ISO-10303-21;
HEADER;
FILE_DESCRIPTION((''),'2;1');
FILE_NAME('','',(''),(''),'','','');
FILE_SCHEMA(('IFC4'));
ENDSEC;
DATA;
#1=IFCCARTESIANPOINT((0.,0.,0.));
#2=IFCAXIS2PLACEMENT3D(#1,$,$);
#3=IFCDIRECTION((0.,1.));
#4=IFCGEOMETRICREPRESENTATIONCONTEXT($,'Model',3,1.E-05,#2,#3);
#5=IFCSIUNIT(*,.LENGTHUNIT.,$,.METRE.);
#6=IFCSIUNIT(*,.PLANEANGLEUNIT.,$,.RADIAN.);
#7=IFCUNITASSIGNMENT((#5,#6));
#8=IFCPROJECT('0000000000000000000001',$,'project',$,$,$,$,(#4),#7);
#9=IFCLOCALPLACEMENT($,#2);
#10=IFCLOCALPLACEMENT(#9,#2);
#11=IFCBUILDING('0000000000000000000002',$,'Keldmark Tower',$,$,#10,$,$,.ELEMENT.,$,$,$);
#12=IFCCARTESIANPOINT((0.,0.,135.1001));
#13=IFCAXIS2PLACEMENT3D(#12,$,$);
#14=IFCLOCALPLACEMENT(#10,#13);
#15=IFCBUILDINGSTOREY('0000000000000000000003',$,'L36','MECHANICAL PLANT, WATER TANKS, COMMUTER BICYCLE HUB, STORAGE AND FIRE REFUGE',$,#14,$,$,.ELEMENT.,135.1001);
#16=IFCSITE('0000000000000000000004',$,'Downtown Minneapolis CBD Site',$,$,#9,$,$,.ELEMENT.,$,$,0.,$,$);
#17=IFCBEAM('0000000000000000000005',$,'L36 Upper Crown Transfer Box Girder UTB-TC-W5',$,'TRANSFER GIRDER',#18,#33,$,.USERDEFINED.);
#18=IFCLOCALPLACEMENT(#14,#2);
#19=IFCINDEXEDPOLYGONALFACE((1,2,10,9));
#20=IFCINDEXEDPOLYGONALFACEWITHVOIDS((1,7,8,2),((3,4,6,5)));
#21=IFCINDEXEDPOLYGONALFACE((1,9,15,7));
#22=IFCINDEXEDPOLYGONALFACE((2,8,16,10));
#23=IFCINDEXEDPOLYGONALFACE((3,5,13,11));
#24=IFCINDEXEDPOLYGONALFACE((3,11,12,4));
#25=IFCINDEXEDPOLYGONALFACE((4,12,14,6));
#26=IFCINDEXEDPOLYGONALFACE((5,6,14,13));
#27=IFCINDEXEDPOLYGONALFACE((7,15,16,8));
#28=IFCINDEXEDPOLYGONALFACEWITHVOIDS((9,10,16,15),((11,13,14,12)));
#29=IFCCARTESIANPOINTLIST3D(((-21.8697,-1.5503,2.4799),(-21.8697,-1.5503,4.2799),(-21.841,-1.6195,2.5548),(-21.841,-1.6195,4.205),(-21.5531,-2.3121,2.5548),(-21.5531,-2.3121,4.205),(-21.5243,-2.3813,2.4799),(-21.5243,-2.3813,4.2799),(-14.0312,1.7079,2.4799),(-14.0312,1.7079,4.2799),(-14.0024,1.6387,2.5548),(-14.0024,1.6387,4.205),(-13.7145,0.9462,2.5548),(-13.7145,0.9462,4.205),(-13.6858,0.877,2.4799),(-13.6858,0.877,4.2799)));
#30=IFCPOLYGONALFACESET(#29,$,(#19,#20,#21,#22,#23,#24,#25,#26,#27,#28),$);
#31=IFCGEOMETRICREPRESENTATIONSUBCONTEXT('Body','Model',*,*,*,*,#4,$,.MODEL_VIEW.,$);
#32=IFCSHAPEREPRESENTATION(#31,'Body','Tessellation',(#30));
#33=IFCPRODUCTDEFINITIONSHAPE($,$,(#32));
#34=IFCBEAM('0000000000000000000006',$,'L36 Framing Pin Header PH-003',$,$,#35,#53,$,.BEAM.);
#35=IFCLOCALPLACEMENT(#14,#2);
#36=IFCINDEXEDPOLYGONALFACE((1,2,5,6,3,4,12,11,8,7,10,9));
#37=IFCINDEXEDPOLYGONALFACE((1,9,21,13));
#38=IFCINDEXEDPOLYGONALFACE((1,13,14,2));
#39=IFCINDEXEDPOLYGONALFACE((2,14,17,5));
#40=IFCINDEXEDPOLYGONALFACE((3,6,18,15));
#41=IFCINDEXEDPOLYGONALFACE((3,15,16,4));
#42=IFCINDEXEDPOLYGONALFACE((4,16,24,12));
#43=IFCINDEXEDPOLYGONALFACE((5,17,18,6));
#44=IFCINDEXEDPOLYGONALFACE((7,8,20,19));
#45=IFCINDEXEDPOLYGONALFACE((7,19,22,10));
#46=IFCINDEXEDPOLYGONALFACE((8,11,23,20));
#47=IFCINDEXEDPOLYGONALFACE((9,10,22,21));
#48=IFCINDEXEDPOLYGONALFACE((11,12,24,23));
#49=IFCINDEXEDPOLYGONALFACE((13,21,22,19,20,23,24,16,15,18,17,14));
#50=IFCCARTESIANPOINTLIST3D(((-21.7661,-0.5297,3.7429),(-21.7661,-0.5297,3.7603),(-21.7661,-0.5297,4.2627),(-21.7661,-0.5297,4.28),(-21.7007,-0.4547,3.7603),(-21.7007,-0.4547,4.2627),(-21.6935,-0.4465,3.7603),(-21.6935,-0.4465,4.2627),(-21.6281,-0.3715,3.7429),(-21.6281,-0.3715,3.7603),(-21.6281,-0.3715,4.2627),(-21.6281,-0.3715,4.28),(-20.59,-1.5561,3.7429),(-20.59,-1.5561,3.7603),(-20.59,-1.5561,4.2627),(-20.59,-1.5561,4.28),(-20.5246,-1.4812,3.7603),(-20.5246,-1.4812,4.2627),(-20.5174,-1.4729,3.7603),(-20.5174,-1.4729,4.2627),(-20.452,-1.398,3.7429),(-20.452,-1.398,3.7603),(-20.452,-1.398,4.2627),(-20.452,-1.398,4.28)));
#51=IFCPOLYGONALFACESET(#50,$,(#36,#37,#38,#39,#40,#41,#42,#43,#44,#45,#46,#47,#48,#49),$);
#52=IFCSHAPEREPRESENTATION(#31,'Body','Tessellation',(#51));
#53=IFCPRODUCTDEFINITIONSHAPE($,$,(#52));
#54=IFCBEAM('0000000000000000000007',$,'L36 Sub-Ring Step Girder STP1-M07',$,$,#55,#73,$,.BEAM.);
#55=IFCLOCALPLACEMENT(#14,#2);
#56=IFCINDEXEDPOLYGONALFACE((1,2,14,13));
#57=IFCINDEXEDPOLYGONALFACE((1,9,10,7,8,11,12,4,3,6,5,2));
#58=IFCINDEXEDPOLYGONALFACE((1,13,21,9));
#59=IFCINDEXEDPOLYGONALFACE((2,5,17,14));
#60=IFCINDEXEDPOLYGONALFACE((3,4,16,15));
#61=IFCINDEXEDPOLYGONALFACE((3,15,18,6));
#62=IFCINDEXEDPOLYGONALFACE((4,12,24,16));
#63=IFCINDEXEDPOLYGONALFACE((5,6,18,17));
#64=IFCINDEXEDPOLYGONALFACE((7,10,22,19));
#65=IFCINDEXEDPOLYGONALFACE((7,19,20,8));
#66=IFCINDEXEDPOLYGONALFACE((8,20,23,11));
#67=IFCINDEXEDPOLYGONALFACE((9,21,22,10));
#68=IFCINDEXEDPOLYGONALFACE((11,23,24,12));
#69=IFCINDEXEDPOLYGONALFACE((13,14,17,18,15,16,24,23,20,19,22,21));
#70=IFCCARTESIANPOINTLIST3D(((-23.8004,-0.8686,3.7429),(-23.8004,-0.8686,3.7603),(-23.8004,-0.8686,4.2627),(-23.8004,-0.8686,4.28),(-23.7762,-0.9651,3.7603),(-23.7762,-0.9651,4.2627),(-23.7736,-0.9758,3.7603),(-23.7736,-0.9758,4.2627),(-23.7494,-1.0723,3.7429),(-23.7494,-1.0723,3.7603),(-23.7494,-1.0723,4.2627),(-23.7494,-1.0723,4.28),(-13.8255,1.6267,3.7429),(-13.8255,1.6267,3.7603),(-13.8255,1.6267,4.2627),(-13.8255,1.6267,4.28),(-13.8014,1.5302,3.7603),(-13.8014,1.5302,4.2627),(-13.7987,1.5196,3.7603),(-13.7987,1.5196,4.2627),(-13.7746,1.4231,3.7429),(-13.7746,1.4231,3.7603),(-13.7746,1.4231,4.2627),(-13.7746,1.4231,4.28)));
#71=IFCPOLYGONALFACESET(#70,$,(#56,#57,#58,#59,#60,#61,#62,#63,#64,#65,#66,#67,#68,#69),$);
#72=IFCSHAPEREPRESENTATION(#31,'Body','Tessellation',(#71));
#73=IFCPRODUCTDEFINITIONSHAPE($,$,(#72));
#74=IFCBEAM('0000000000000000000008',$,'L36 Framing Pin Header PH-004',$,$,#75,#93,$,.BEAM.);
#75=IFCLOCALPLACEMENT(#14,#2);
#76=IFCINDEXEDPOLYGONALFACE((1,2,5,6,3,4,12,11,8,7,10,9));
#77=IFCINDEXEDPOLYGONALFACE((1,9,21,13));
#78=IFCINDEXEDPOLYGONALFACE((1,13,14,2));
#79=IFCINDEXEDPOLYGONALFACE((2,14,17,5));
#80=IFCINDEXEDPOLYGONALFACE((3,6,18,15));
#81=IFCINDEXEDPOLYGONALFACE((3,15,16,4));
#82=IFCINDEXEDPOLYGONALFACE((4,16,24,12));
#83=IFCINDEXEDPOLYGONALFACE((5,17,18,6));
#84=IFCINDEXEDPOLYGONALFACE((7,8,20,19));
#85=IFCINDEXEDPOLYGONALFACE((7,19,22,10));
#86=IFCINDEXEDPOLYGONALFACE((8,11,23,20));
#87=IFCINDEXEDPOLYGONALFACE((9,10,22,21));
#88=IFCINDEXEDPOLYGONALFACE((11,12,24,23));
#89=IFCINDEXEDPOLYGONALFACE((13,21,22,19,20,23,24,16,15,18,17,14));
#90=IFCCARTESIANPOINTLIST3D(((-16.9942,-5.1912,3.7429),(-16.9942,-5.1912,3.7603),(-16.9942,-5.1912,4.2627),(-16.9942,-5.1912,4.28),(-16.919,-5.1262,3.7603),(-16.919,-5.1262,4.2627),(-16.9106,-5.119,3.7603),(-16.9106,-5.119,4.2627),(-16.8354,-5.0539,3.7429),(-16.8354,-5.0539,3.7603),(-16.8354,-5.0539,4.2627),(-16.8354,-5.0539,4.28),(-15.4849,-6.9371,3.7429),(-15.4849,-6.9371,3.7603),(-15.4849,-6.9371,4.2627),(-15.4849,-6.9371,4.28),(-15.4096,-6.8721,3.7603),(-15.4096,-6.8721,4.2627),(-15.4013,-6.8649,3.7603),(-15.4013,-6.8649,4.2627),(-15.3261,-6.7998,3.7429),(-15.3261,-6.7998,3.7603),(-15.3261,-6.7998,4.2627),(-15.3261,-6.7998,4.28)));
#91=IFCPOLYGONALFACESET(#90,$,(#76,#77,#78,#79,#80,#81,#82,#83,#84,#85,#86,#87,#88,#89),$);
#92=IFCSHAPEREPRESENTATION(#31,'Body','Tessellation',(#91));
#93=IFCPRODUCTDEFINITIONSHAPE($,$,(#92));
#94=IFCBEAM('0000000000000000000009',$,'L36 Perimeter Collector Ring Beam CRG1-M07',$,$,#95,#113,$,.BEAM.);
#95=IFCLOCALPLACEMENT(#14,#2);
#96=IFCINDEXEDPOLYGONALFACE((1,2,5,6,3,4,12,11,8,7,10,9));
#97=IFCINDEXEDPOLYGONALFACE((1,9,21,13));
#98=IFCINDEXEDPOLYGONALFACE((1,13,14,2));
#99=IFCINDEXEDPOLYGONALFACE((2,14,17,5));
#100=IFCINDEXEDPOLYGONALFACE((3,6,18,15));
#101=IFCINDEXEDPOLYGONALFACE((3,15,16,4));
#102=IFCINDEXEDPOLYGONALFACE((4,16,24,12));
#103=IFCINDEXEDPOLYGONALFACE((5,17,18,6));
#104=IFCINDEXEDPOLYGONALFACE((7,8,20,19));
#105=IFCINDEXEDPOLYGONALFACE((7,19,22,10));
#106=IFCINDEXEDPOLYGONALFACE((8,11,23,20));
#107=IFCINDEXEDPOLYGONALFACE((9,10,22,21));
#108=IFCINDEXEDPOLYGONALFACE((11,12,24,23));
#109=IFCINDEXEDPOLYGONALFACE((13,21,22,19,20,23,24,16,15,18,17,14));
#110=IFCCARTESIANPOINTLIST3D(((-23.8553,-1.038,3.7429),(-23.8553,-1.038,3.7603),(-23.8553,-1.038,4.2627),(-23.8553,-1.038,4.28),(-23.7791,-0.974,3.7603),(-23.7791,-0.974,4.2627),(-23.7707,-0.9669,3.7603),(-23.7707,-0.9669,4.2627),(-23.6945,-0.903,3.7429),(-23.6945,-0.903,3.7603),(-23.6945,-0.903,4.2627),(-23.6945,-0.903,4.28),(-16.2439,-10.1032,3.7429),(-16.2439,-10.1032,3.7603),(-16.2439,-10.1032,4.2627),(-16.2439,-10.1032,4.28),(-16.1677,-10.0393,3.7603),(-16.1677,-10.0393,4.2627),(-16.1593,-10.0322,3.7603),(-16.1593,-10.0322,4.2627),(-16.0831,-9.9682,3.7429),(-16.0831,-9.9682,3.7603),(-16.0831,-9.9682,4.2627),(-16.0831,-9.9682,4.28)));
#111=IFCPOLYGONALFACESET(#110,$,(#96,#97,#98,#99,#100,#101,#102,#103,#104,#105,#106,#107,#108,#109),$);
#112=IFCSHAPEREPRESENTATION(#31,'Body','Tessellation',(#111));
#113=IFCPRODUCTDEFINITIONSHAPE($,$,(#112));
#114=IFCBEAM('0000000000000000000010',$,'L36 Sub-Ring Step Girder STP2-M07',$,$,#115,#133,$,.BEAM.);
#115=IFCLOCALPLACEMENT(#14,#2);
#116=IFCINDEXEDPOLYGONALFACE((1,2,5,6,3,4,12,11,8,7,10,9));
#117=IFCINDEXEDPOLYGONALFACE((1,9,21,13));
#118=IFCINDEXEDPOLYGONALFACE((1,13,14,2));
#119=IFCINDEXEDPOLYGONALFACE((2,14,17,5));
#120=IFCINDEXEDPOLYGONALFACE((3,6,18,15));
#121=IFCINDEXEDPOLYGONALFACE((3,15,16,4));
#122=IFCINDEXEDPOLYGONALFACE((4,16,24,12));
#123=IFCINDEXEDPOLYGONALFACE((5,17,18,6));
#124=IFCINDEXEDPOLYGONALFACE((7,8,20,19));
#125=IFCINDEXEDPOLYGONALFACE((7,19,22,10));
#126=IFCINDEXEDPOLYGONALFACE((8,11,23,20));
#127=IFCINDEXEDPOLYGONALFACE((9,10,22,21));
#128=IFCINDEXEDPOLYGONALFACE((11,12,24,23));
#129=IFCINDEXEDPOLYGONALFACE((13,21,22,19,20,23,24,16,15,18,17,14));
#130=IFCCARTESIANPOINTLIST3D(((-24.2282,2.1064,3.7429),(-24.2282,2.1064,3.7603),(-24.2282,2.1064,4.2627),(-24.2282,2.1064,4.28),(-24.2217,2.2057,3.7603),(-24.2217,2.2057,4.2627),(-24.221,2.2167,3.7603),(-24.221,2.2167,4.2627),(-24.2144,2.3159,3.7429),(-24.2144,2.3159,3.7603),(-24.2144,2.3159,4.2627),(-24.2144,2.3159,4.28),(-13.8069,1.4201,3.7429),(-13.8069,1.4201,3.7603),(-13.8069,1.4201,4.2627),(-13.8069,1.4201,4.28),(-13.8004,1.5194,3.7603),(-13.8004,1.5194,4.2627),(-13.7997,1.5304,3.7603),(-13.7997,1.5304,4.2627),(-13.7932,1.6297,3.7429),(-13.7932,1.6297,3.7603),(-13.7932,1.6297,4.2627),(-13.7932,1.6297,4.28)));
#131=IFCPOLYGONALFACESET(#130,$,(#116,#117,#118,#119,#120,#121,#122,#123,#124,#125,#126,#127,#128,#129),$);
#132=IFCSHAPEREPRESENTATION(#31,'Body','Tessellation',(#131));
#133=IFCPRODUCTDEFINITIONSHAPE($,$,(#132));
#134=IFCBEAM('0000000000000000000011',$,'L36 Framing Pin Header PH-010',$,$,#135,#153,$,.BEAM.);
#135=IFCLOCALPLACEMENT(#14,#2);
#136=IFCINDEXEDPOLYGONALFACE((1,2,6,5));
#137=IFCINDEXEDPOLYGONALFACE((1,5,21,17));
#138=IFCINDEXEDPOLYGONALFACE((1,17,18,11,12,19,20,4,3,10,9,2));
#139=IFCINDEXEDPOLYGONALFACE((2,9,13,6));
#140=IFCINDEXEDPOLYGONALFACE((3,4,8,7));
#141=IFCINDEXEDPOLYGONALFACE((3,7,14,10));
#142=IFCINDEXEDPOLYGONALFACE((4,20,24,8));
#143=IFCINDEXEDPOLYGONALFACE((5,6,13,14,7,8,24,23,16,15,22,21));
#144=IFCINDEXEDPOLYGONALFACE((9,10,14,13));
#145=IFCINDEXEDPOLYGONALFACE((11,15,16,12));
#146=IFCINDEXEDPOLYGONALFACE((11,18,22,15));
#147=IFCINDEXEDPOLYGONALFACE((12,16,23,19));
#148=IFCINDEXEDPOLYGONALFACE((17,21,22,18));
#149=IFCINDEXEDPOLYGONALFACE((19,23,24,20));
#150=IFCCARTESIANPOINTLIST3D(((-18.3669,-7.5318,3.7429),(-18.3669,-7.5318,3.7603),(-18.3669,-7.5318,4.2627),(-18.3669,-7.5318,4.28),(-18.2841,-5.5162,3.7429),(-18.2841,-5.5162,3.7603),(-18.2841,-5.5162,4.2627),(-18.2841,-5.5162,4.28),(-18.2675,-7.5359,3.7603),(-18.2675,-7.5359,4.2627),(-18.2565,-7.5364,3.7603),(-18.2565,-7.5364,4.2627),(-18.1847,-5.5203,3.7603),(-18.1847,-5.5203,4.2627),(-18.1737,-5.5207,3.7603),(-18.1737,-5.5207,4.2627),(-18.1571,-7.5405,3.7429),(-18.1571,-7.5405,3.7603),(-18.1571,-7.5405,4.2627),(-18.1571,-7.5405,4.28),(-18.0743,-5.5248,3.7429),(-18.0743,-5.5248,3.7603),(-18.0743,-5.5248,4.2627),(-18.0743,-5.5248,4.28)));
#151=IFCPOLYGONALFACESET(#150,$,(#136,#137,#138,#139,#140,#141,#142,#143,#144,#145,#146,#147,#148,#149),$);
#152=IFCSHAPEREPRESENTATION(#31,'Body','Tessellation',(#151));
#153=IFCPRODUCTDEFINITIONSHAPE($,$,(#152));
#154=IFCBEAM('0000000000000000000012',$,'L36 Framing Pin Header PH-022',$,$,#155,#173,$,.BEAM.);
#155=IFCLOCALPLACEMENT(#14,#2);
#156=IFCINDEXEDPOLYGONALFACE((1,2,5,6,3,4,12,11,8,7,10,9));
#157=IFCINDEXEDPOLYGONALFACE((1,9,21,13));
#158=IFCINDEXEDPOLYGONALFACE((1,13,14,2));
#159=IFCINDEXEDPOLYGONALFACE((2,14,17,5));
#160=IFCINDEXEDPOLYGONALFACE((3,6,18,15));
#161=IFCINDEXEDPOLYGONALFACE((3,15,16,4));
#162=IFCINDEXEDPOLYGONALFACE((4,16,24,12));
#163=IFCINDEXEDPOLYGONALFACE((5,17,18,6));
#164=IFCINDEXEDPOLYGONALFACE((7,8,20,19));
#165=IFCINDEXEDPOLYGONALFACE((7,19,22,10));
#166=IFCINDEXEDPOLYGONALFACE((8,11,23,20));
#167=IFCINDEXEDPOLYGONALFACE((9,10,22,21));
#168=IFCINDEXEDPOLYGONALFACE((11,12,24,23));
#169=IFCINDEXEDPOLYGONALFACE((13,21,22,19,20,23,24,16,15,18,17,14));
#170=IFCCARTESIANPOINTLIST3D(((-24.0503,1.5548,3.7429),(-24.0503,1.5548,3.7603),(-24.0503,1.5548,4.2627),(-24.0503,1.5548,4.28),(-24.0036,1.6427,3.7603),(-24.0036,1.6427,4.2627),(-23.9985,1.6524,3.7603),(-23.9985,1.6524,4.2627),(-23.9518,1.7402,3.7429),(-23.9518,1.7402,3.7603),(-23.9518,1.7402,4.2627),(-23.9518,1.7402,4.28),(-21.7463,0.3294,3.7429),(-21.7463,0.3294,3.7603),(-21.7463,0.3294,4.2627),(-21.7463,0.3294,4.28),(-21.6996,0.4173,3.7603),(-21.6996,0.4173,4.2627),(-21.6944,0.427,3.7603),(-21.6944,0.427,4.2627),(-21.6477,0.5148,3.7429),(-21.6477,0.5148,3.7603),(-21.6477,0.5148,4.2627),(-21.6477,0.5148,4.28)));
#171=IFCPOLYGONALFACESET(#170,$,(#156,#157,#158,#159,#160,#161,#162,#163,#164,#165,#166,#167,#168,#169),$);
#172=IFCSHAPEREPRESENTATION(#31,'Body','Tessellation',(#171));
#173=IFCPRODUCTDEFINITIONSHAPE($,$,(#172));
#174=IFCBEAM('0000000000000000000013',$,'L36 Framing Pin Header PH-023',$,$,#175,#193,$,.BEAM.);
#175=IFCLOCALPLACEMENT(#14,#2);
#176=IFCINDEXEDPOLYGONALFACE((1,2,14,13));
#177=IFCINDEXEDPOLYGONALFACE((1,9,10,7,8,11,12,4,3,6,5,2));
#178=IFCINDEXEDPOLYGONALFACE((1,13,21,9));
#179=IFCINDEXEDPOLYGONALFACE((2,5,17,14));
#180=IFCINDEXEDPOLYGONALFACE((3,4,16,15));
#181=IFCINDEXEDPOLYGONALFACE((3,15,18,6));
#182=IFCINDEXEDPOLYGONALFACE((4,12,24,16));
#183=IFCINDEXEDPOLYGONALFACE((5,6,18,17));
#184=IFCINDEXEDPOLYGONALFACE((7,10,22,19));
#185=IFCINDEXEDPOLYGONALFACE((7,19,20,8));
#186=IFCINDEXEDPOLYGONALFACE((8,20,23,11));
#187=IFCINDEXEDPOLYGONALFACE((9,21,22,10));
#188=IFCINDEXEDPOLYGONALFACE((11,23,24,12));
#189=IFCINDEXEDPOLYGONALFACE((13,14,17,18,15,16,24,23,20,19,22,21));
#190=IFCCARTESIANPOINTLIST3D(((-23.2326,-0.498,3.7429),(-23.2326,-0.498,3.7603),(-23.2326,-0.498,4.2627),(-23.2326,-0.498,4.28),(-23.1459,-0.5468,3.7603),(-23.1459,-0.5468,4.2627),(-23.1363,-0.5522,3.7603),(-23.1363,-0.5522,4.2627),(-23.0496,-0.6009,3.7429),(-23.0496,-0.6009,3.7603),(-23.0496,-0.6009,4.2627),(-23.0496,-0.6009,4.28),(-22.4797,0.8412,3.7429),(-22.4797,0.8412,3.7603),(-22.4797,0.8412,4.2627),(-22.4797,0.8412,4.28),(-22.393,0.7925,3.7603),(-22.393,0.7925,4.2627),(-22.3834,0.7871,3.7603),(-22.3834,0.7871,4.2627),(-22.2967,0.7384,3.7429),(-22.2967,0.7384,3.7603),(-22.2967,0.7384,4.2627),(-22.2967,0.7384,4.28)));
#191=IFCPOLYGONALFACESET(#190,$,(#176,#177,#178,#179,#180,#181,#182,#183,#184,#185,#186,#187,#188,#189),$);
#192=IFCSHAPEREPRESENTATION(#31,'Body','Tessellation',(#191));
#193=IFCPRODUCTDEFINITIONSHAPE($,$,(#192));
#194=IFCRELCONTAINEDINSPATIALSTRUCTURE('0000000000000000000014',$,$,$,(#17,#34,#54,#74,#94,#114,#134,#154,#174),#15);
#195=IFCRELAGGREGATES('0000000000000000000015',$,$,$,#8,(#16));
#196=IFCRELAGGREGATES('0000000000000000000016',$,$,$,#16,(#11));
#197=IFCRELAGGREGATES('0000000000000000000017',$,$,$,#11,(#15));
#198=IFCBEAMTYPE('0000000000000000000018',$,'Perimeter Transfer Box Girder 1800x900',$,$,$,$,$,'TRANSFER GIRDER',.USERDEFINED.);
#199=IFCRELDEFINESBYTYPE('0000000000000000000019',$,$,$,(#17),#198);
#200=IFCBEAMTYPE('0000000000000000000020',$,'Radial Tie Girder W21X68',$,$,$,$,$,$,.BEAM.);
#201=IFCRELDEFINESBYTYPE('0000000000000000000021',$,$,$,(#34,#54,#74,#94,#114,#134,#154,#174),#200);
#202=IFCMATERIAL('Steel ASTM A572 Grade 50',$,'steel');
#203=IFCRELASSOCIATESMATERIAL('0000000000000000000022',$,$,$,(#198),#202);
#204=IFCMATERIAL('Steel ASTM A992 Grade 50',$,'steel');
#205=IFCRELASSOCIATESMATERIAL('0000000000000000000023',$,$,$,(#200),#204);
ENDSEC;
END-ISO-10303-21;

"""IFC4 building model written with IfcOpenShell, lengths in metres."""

from ifc_helpers import new_model, si_unit, direction, frame, origin, origin_2d, place, context, subcontext, project, spatial, hollow_rectangle, i_section, extrude, material, material_profile, profile_set, type_object, element, save


model = new_model("IFC4")

# Units and contexts
model_context = context("Model", 3, precision=1e-05, world=origin(), true_north=direction((0.0, 1.0)))
body_context = subcontext(model_context, "Body", "Model", "MODEL_VIEW")
ifc_project = project(units=[si_unit("LENGTHUNIT", "METRE"), si_unit("PLANEANGLEUNIT", "RADIAN")], contexts=[model_context])

# Site, building, storey
site_placement = place(None, origin())
site = spatial("IfcSite", under=ifc_project, at=site_placement, Name="Downtown Minneapolis CBD Site", CompositionType="ELEMENT", RefElevation=0.0)
building_placement = place(site_placement, origin())
building = spatial("IfcBuilding", under=site, at=building_placement, Name="Keldmark Tower", CompositionType="ELEMENT")
storey_placement = place(building_placement, frame((0.0, 0.0, 135.1001)))
storey = spatial("IfcBuildingStorey", under=building, at=storey_placement, Name="L36", Description="MECHANICAL PLANT, WATER TANKS, COMMUTER BICYCLE HUB, STORAGE AND FIRE REFUGE", CompositionType="ELEMENT", Elevation=135.1001)

# Beams
ifc_material_1 = material(Name="Steel ASTM A572 Grade 50", Category="steel")
ifc_material_profile_1 = material_profile(ifc_material_1, hollow_rectangle(XDim=0.8999, YDim=1.8, WallThickness=0.075, at=origin_2d()), Name="TBOX1800X900X75")
ifc_profile_set_1 = profile_set([ifc_material_profile_1], Name="Steel ASTM A572 Grade 50")
beam_type_1 = type_object("IfcBeamType", Name="Perimeter Transfer Box Girder 1800x900", ElementType="TRANSFER GIRDER", PredefinedType="USERDEFINED", material=ifc_profile_set_1)
beam_1_placement = place(storey_placement, frame((-21.697, -1.9658, 3.3799), z_axis=(0.923402, 0.383833, 0.0), x_axis=(-0.383833, 0.923402, 0.0)))
element("IfcBeam", 1, at=beam_1_placement, inside=storey, type_object=beam_type_1, Name="L36 Upper Crown Transfer Box Girder UTB-TC-W5", ObjectType="TRANSFER GIRDER", PredefinedType="USERDEFINED", context=body_context, shape_type="SweptSolid", body=[
    extrude(hollow_rectangle(XDim=0.8999, YDim=1.8, WallThickness=0.075, at=origin_2d()), origin(), (0.0, 0.0, 1.0), 8.4888),
])
ifc_material_2 = material(Name="Steel ASTM A992 Grade 50", Category="steel")
ifc_material_profile_2 = material_profile(ifc_material_2, i_section(OverallWidth=0.21, OverallDepth=0.5371, WebThickness=0.011, FlangeThickness=0.0173, at=origin_2d()), Name="W21X68")
ifc_profile_set_2 = profile_set([ifc_material_profile_2], Name="Steel ASTM A992 Grade 50")
beam_type_2 = type_object("IfcBeamType", Name="Radial Tie Girder W21X68", PredefinedType="BEAM", material=ifc_profile_set_2)
beam_2_placement = place(storey_placement, frame((-20.521, -1.4771, 4.0115), z_axis=(-0.753419, 0.657541, 0.0), x_axis=(-0.657541, -0.753419, 0.0)))
element("IfcBeam", 2, at=beam_2_placement, inside=storey, type_object=beam_type_2, Name="L36 Framing Pin Header PH-003", PredefinedType="BEAM", context=body_context, shape_type="SweptSolid", body=[
    extrude(i_section(OverallWidth=0.21, OverallDepth=0.5371, WebThickness=0.011, FlangeThickness=0.0173, at=origin_2d()), origin(), (0.0, 0.0, 1.0), 1.561),
])
beam_3_placement = place(storey_placement, frame((-13.8, 1.5249, 4.0115), z_axis=(-0.970105, -0.242686, 0.0), x_axis=(0.242686, -0.970105, 0.0)))
element("IfcBeam", 3, at=beam_3_placement, inside=storey, type_object=beam_type_2, Name="L36 Sub-Ring Step Girder STP1-M07", PredefinedType="BEAM", context=body_context, shape_type="SweptSolid", body=[
    extrude(i_section(OverallWidth=0.21, OverallDepth=0.5371, WebThickness=0.011, FlangeThickness=0.0173, at=origin_2d()), origin(), (0.0, 0.0, 1.0), 10.2822),
])
beam_4_placement = place(storey_placement, frame((-16.9148, -5.1226, 4.0115), z_axis=(0.653992, -0.756502, 0.0), x_axis=(0.756502, 0.653992, 0.0)))
element("IfcBeam", 4, at=beam_4_placement, inside=storey, type_object=beam_type_2, Name="L36 Framing Pin Header PH-004", PredefinedType="BEAM", context=body_context, shape_type="SweptSolid", body=[
    extrude(i_section(OverallWidth=0.21, OverallDepth=0.5371, WebThickness=0.011, FlangeThickness=0.0173, at=origin_2d()), origin(), (0.0, 0.0, 1.0), 2.3079),
])
beam_5_placement = place(storey_placement, frame((-23.7749, -0.9705, 4.0115), z_axis=(0.643022, -0.765847, 0.0), x_axis=(0.765847, 0.643022, 0.0)))
element("IfcBeam", 5, at=beam_5_placement, inside=storey, type_object=beam_type_2, Name="L36 Perimeter Collector Ring Beam CRG1-M07", PredefinedType="BEAM", context=body_context, shape_type="SweptSolid", body=[
    extrude(i_section(OverallWidth=0.21, OverallDepth=0.5371, WebThickness=0.011, FlangeThickness=0.0173, at=origin_2d()), origin(), (0.0, 0.0, 1.0), 11.8369),
])
beam_6_placement = place(storey_placement, frame((-13.8, 1.5249, 4.0115), z_axis=(-0.997839, 0.065711, 0.0), x_axis=(-0.065711, -0.997839, 0.0)))
element("IfcBeam", 6, at=beam_6_placement, inside=storey, type_object=beam_type_2, Name="L36 Sub-Ring Step Girder STP2-M07", PredefinedType="BEAM", context=body_context, shape_type="SweptSolid", body=[
    extrude(i_section(OverallWidth=0.21, OverallDepth=0.5371, WebThickness=0.011, FlangeThickness=0.0173, at=origin_2d()), origin(), (0.0, 0.0, 1.0), 10.4438),
])
beam_7_placement = place(storey_placement, frame((-18.1792, -5.5205, 4.0115), z_axis=(-0.041026, -0.999158, 0.0), x_axis=(0.999158, -0.041026, 0.0)))
element("IfcBeam", 7, at=beam_7_placement, inside=storey, type_object=beam_type_2, Name="L36 Framing Pin Header PH-010", PredefinedType="BEAM", context=body_context, shape_type="SweptSolid", body=[
    extrude(i_section(OverallWidth=0.21, OverallDepth=0.5371, WebThickness=0.011, FlangeThickness=0.0173, at=origin_2d()), origin(), (0.0, 0.0, 1.0), 2.0173),
])
beam_8_placement = place(storey_placement, frame((-21.697, 0.4221, 4.0115), z_axis=(-0.882899, 0.469563, 0.0), x_axis=(-0.469563, -0.882899, 0.0)))
element("IfcBeam", 8, at=beam_8_placement, inside=storey, type_object=beam_type_2, Name="L36 Framing Pin Header PH-022", PredefinedType="BEAM", context=body_context, shape_type="SweptSolid", body=[
    extrude(i_section(OverallWidth=0.21, OverallDepth=0.5371, WebThickness=0.011, FlangeThickness=0.0173, at=origin_2d()), origin(), (0.0, 0.0, 1.0), 2.6096),
])
beam_9_placement = place(storey_placement, frame((-22.3882, 0.7898, 4.0115), z_axis=(-0.490035, -0.871703, 0.0), x_axis=(0.871703, -0.490035, 0.0)))
element("IfcBeam", 9, at=beam_9_placement, inside=storey, type_object=beam_type_2, Name="L36 Framing Pin Header PH-023", PredefinedType="BEAM", context=body_context, shape_type="SweptSolid", body=[
    extrude(i_section(OverallWidth=0.21, OverallDepth=0.5371, WebThickness=0.011, FlangeThickness=0.0173, at=origin_2d()), origin(), (0.0, 0.0, 1.0), 1.5364),
])

save(model, "model.ifc")
